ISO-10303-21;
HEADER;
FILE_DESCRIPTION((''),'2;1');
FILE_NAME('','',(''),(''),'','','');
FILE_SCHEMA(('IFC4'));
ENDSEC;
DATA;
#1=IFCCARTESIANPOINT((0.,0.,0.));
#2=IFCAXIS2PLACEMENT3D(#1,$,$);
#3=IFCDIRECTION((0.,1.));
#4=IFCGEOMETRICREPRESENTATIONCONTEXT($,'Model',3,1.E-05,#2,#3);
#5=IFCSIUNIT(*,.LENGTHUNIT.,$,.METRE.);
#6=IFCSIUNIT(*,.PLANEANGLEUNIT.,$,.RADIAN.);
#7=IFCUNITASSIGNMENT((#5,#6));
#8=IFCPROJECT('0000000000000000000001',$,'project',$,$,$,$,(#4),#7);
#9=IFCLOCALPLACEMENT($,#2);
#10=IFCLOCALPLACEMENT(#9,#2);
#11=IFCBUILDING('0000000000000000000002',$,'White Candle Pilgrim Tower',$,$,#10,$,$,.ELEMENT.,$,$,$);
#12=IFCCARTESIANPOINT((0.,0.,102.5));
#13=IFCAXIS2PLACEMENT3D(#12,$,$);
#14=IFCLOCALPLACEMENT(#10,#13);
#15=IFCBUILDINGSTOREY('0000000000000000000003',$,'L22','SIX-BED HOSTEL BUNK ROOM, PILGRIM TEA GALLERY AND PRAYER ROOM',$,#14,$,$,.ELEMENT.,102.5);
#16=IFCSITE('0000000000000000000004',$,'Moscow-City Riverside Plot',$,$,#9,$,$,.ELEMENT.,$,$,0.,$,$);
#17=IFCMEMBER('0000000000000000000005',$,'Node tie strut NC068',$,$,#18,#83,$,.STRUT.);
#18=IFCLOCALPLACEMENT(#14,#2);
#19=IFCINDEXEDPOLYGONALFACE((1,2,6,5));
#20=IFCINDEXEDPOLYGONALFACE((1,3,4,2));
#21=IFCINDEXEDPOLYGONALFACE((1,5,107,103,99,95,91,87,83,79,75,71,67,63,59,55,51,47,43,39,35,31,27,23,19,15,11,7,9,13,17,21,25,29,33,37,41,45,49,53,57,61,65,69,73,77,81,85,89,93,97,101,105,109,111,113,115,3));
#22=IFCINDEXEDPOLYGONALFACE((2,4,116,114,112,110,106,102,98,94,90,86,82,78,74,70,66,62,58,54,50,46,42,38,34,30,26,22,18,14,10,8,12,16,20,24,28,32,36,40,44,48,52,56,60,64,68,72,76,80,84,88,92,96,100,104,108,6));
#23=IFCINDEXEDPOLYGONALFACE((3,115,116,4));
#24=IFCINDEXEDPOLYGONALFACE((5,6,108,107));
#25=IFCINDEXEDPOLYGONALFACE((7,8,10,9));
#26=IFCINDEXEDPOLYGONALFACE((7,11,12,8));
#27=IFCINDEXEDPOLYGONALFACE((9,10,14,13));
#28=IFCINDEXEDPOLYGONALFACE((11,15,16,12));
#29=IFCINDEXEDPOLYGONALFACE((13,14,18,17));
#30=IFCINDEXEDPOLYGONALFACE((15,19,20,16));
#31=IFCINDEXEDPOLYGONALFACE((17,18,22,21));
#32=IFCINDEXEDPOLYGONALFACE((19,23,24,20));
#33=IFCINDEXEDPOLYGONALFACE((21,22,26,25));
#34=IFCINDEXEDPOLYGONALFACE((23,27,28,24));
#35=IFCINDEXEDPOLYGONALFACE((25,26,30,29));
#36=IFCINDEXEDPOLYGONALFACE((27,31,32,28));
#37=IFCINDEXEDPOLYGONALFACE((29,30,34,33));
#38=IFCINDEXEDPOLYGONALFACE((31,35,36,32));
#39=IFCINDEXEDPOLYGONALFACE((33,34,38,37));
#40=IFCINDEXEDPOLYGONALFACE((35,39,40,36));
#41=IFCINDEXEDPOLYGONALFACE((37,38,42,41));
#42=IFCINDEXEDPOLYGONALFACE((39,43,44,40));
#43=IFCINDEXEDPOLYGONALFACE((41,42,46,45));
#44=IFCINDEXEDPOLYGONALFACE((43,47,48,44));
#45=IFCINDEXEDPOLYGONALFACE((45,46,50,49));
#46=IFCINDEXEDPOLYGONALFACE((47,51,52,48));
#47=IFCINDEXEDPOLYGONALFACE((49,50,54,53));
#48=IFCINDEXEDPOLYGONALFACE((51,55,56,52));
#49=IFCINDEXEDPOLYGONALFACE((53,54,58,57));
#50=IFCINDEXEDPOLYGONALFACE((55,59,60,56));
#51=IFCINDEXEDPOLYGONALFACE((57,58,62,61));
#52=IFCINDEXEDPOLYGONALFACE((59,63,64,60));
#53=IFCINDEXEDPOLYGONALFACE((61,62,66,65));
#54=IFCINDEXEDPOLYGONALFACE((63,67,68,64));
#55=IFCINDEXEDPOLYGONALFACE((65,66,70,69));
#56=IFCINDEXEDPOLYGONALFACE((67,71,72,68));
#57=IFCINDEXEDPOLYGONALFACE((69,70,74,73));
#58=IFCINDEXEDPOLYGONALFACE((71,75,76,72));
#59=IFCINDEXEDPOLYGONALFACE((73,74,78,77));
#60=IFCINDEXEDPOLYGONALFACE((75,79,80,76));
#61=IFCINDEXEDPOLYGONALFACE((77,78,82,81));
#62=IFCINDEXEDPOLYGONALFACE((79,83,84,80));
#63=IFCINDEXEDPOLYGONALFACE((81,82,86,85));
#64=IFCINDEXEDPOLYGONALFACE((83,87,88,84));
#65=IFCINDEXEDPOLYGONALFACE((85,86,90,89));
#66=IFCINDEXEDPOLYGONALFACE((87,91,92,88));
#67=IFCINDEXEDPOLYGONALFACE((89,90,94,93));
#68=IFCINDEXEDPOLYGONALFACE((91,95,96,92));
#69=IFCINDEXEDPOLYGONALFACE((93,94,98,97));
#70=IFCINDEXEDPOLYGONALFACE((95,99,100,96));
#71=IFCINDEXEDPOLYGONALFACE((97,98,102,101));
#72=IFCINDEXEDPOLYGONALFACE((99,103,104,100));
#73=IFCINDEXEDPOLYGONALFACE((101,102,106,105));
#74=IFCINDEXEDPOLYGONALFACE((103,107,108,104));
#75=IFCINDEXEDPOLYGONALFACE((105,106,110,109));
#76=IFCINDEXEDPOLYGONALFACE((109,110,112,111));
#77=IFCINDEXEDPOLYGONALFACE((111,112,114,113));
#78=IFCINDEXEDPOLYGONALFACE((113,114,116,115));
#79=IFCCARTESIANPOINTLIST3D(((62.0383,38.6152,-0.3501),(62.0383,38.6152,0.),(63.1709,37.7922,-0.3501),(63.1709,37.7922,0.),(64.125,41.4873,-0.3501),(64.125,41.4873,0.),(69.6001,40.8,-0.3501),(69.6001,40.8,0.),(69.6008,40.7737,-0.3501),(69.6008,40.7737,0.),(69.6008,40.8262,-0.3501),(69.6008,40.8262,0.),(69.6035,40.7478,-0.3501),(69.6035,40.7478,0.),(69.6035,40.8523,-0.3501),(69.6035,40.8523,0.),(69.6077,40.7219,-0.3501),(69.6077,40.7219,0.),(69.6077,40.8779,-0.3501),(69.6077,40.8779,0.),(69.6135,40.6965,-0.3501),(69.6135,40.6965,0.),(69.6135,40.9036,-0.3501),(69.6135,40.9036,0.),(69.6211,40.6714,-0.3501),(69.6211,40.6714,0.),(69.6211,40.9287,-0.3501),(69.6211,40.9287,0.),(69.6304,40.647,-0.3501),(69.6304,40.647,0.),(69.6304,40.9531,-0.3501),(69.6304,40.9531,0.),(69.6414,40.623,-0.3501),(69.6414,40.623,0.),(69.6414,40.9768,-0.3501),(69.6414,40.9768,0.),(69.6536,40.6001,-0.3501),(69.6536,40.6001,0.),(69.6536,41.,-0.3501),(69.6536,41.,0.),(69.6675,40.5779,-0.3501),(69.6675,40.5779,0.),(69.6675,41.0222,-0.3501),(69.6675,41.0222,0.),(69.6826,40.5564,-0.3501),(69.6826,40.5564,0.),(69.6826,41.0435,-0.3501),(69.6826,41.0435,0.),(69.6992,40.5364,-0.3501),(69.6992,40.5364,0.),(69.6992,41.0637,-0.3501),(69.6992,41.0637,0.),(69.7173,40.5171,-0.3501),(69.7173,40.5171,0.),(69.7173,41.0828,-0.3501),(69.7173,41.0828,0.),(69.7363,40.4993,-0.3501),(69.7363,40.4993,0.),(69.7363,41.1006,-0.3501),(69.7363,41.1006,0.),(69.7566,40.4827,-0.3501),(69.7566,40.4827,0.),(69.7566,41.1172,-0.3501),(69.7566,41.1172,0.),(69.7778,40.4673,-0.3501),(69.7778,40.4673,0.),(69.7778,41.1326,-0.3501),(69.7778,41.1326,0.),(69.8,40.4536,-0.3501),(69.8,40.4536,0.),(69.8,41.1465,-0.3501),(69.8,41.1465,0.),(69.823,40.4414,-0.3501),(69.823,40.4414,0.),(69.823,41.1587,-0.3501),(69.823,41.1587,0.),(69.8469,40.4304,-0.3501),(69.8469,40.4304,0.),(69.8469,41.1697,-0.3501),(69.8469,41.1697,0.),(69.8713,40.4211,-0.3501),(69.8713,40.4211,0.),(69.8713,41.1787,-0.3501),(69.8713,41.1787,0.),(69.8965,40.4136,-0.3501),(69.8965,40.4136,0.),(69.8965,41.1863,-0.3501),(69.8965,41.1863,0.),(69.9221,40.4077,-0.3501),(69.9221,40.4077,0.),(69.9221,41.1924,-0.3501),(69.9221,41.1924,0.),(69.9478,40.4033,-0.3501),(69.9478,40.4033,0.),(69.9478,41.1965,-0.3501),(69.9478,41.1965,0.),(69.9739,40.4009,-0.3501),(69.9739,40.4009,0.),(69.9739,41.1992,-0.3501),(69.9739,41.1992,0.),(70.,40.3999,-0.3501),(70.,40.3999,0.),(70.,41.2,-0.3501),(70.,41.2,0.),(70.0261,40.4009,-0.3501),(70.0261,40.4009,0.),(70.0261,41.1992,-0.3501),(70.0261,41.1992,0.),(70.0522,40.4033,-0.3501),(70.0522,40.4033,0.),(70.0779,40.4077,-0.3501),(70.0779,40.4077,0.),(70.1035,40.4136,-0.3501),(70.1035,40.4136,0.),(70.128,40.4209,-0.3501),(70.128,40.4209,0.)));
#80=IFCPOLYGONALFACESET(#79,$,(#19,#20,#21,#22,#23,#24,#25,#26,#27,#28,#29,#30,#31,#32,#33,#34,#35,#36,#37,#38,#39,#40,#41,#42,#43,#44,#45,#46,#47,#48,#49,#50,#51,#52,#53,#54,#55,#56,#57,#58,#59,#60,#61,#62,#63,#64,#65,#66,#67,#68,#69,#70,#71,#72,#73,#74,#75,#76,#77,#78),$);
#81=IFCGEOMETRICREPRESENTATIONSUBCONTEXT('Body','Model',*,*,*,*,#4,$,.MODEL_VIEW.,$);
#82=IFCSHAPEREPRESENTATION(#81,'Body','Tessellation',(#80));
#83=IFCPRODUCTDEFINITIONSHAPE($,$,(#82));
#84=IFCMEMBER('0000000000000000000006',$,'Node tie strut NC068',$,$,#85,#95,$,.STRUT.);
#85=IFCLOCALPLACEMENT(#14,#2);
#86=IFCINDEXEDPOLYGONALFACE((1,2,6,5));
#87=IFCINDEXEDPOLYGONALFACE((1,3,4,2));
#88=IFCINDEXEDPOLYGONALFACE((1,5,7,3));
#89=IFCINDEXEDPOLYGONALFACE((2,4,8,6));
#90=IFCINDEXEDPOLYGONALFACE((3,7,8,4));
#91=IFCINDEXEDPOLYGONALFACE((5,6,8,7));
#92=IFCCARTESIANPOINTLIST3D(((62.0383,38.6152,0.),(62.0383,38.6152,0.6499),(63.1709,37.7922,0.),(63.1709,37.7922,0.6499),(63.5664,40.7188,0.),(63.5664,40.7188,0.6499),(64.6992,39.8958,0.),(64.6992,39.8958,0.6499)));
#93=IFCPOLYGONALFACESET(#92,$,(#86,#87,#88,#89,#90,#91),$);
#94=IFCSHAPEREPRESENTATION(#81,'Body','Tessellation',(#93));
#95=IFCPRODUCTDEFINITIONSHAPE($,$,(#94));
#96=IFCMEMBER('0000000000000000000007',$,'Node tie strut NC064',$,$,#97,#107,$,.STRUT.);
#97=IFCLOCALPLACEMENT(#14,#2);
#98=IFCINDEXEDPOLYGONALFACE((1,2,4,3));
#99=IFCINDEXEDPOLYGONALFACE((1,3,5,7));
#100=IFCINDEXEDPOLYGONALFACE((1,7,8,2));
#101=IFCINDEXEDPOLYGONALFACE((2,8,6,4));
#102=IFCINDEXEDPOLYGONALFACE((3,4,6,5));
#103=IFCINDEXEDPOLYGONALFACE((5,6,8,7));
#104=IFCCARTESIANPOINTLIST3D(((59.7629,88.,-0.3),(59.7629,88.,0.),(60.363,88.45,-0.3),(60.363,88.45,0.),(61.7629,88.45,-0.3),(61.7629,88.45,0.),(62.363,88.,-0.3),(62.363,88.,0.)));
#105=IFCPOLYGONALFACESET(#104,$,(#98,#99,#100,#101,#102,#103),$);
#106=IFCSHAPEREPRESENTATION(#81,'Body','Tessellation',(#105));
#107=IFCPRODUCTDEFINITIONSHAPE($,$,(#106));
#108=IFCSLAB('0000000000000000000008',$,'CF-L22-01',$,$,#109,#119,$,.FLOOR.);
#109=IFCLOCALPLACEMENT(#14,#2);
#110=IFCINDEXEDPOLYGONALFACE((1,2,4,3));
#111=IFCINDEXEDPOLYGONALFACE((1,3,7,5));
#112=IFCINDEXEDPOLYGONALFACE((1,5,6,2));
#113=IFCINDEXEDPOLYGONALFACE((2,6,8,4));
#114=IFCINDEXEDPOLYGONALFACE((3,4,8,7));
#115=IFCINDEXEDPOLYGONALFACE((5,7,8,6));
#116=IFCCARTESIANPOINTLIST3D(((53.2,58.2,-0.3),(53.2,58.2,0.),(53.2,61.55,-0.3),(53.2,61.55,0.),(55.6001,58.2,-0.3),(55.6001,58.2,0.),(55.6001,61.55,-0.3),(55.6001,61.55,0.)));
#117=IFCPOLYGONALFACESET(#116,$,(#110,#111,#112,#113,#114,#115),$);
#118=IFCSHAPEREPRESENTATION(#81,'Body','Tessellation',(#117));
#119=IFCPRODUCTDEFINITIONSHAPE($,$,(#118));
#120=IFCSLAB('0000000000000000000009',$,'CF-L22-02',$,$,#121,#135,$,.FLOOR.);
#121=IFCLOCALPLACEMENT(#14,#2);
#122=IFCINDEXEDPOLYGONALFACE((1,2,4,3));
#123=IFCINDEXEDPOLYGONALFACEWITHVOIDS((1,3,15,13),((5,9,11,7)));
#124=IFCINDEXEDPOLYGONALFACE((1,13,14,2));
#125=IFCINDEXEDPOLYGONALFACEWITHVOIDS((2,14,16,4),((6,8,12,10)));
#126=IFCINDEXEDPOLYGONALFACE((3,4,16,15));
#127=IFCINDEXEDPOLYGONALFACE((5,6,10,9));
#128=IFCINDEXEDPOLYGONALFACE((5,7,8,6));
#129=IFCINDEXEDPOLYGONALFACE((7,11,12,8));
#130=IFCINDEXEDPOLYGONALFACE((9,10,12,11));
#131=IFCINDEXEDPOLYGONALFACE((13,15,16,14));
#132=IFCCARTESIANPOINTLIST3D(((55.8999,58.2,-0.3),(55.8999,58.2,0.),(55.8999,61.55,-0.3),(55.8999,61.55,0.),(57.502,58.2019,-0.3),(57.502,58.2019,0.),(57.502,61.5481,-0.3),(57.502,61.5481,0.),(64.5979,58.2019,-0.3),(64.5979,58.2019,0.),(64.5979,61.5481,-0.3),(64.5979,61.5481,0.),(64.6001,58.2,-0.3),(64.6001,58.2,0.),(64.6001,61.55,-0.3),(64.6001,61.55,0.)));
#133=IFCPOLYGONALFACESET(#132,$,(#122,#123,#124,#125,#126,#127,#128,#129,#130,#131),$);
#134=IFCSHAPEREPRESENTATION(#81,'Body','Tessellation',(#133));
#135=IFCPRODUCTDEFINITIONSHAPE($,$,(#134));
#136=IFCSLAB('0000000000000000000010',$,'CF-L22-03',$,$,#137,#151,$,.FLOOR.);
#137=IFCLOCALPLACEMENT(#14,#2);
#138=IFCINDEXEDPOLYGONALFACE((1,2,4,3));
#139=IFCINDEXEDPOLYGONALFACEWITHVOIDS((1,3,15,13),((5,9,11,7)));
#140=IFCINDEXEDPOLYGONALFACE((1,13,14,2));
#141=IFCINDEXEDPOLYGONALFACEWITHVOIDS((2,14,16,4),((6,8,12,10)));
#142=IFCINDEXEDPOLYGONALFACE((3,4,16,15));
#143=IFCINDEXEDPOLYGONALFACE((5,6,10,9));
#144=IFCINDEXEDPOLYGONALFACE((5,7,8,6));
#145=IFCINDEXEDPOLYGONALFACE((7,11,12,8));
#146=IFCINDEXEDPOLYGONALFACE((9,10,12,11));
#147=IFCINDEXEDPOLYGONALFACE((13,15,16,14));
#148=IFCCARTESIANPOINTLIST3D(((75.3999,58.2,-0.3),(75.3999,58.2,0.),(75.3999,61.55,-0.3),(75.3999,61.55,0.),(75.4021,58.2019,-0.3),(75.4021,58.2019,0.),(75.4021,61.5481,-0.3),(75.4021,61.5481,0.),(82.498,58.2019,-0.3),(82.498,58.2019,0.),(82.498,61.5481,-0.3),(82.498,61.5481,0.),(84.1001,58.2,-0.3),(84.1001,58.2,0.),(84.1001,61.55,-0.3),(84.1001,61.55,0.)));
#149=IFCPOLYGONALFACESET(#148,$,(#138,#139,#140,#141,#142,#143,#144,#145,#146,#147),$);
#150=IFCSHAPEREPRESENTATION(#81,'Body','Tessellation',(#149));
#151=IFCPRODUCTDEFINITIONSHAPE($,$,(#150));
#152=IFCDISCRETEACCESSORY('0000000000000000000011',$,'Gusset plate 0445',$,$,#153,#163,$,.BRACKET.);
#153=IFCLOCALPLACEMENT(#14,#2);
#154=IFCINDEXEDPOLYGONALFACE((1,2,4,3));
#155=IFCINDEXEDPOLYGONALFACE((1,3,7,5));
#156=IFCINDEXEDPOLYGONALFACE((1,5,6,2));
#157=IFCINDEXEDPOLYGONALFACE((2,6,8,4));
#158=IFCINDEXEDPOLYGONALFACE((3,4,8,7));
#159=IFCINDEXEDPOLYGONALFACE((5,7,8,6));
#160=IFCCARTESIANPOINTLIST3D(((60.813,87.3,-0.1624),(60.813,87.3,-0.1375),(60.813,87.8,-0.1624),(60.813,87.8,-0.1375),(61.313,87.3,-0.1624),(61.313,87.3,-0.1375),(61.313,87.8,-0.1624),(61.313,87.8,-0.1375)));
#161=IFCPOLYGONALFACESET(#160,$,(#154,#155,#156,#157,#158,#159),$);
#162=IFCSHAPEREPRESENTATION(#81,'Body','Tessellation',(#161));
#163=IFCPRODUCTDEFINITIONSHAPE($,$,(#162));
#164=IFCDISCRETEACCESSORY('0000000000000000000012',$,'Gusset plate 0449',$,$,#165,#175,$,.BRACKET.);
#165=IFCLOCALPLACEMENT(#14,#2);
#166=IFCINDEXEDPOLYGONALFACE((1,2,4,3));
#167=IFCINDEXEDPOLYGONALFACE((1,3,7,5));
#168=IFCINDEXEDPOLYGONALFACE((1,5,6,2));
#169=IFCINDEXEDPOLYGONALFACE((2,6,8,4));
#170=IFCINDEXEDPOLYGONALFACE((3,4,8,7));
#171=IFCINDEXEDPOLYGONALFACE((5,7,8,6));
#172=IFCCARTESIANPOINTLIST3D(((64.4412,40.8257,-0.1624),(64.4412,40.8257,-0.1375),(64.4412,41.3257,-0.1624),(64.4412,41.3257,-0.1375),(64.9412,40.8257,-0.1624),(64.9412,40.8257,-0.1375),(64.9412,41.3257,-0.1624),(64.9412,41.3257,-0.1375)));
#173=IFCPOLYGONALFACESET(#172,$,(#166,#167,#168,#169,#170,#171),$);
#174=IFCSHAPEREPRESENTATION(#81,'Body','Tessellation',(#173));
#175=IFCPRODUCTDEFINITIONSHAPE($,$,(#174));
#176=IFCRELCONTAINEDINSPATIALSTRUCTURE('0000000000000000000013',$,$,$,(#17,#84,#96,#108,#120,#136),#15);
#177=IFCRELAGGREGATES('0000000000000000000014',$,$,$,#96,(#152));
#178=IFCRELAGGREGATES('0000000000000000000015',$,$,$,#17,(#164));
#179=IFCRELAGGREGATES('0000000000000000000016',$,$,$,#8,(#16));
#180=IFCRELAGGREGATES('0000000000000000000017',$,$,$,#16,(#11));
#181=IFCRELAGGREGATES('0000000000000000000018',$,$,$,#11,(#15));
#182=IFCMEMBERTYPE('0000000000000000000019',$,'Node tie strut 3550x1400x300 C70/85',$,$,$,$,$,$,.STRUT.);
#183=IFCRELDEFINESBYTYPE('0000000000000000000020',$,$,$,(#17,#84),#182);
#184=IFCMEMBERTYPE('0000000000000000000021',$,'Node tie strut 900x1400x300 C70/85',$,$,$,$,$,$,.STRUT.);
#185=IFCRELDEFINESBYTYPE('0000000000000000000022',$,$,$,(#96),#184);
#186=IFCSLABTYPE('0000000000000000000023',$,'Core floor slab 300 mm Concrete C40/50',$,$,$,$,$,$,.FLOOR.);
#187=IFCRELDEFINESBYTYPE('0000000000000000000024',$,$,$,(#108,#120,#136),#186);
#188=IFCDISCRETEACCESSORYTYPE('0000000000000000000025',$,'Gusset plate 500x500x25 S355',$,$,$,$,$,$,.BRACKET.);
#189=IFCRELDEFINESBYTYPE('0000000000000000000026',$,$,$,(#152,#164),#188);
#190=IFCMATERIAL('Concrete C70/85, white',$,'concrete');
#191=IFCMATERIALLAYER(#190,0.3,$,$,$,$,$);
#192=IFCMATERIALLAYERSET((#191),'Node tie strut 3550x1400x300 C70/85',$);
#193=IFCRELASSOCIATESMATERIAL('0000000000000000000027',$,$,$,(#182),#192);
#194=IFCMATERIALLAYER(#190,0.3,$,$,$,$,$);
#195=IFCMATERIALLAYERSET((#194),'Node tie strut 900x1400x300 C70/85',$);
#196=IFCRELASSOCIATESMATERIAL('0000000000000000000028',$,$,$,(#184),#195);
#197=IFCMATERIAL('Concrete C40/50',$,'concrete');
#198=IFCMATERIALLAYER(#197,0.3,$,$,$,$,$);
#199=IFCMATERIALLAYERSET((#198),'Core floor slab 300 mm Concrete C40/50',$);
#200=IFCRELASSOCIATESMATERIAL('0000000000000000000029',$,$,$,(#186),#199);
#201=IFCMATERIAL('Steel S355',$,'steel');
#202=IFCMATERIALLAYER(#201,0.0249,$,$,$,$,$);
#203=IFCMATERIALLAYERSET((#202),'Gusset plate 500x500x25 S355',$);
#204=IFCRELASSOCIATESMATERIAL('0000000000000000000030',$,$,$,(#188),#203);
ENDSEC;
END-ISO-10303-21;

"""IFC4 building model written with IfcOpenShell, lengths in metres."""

from ifc_helpers import new_model, si_unit, direction, frame, origin, origin_2d, place, context, subcontext, project, spatial, polyline, rectangle, outline, extrude, material, layer, layer_set, type_object, element, aggregate, save


model = new_model("IFC4")

# Units and contexts
model_context = context("Model", 3, precision=1e-05, world=origin(), true_north=direction((0.0, 1.0)))
body_context = subcontext(model_context, "Body", "Model", "MODEL_VIEW")
ifc_project = project(units=[si_unit("LENGTHUNIT", "METRE"), si_unit("PLANEANGLEUNIT", "RADIAN")], contexts=[model_context])

# Site, building, storey
site_placement = place(None, origin())
site = spatial("IfcSite", under=ifc_project, at=site_placement, Name="Moscow-City Riverside Plot", CompositionType="ELEMENT", RefElevation=0.0)
building_placement = place(site_placement, origin())
building = spatial("IfcBuilding", under=site, at=building_placement, Name="White Candle Pilgrim Tower", CompositionType="ELEMENT")
storey_placement = place(building_placement, frame((0.0, 0.0, 102.5)))
storey = spatial("IfcBuildingStorey", under=building, at=storey_placement, Name="L22", Description="SIX-BED HOSTEL BUNK ROOM, PILGRIM TEA GALLERY AND PRAYER ROOM", CompositionType="ELEMENT", Elevation=102.5)

# Members
ifc_material_1 = material(Name="Concrete C70/85, white", Category="concrete")
ifc_layer_1 = layer(ifc_material_1, 0.3)
ifc_layer_set_1 = layer_set([ifc_layer_1], Name="Node tie strut 3550x1400x300 C70/85")
member_type_1 = type_object("IfcMemberType", Name="Node tie strut 3550x1400x300 C70/85", PredefinedType="STRUT", material=ifc_layer_set_1)
member_1_placement = place(storey_placement, frame((0.0, 0.0, -0.3501)))
member_1 = element("IfcMember", 1, at=member_1_placement, inside=storey, type_object=member_type_1, Name="Node tie strut NC068", PredefinedType="STRUT", context=body_context, shape_type="SweptSolid", body=[
    extrude(outline(polyline([(63.1709, 37.7922), (70.1531, 40.4304), (70.1287, 40.4211), (70.1035, 40.4136), (70.0779, 40.4077), (70.0522, 40.4033), (70.0261, 40.4009), (70.0, 40.3999), (69.9739, 40.4009), (69.9478, 40.4033), (69.9221, 40.4077), (69.8965, 40.4136), (69.8713, 40.4211), (69.8469, 40.4304), (69.823, 40.4414), (69.8, 40.4536), (69.7778, 40.4673), (69.7566, 40.4827), (69.7363, 40.4993), (69.7173, 40.5171), (69.6992, 40.5364), (69.6826, 40.5564), (69.6675, 40.5779), (69.6536, 40.6001), (69.6414, 40.623), (69.6304, 40.647), (69.6211, 40.6714), (69.6135, 40.6965), (69.6077, 40.7219), (69.6035, 40.7478), (69.6008, 40.7737), (69.6001, 40.8), (69.6008, 40.8262), (69.6035, 40.8523), (69.6077, 40.8779), (69.6135, 40.9036), (69.6211, 40.9287), (69.6304, 40.9531), (69.6414, 40.9768), (69.6536, 41.0), (69.6675, 41.0222), (69.6826, 41.0435), (69.6992, 41.0637), (69.7173, 41.0828), (69.7363, 41.1006), (69.7566, 41.1172), (69.7778, 41.1326), (69.8, 41.1465), (69.823, 41.1587), (69.8469, 41.1697), (69.8713, 41.1787), (69.8965, 41.1863), (69.9221, 41.1924), (69.9478, 41.1965), (69.9739, 41.1992), (70.0, 41.2), (70.0261, 41.1992), (64.125, 41.4873), (62.0383, 38.6152), (63.1709, 37.7922)])), origin(), (0.0, 0.0, 1.0), 0.3501),
])
member_2_placement = place(storey_placement, origin())
element("IfcMember", 2, at=member_2_placement, inside=storey, type_object=member_type_1, Name="Node tie strut NC068", PredefinedType="STRUT", context=body_context, shape_type="SweptSolid", body=[
    extrude(outline(polyline([(63.1709, 37.7922), (64.6992, 39.8958), (63.5664, 40.7188), (62.0383, 38.6152), (63.1709, 37.7922)])), origin(), (0.0, 0.0, 1.0), 0.6499),
])
ifc_layer_2 = layer(ifc_material_1, 0.3)
ifc_layer_set_2 = layer_set([ifc_layer_2], Name="Node tie strut 900x1400x300 C70/85")
member_type_2 = type_object("IfcMemberType", Name="Node tie strut 900x1400x300 C70/85", PredefinedType="STRUT", material=ifc_layer_set_2)
member_3_placement = place(storey_placement, frame((0.0, 0.0, -0.3)))
member_3 = element("IfcMember", 3, at=member_3_placement, inside=storey, type_object=member_type_2, Name="Node tie strut NC064", PredefinedType="STRUT", context=body_context, shape_type="SweptSolid", body=[
    extrude(outline(polyline([(59.7629, 88.0), (62.363, 88.0), (61.7629, 88.45), (60.363, 88.45), (59.7629, 88.0)])), origin(), (0.0, 0.0, 1.0), 0.3),
])

# Slabs
ifc_material_2 = material(Name="Concrete C40/50", Category="concrete")
ifc_layer_3 = layer(ifc_material_2, 0.3)
ifc_layer_set_3 = layer_set([ifc_layer_3], Name="Core floor slab 300 mm Concrete C40/50")
slab_type_1 = type_object("IfcSlabType", Name="Core floor slab 300 mm Concrete C40/50", PredefinedType="FLOOR", material=ifc_layer_set_3)
slab_1_placement = place(storey_placement, frame((0.0, 0.0, -0.3)))
element("IfcSlab", 4, at=slab_1_placement, inside=storey, type_object=slab_type_1, Name="CF-L22-01", PredefinedType="FLOOR", context=body_context, shape_type="SweptSolid", body=[
    extrude(outline(polyline([(55.6001, 58.2), (53.2, 58.2), (53.2, 61.55), (55.6001, 61.55), (55.6001, 58.2)])), origin(), (0.0, 0.0, 1.0), 0.3),
])
slab_2_placement = place(storey_placement, frame((0.0, 0.0, -0.3)))
element("IfcSlab", 5, at=slab_2_placement, inside=storey, type_object=slab_type_1, Name="CF-L22-02", PredefinedType="FLOOR", context=body_context, shape_type="SweptSolid", body=[
    extrude(outline(polyline([(55.8999, 58.2), (55.8999, 61.55), (64.6001, 61.55), (64.6001, 58.2), (55.8999, 58.2)]), holes=[polyline([(57.502, 61.5481), (57.502, 58.2019), (64.5979, 58.2019), (64.5979, 61.5481), (57.502, 61.5481)])]), origin(), (0.0, 0.0, 1.0), 0.3),
])
slab_3_placement = place(storey_placement, frame((0.0, 0.0, -0.3)))
element("IfcSlab", 6, at=slab_3_placement, inside=storey, type_object=slab_type_1, Name="CF-L22-03", PredefinedType="FLOOR", context=body_context, shape_type="SweptSolid", body=[
    extrude(outline(polyline([(75.3999, 58.2), (75.3999, 61.55), (84.1001, 61.55), (84.1001, 58.2), (75.3999, 58.2)]), holes=[polyline([(82.498, 58.2019), (82.498, 61.5481), (75.4021, 61.5481), (75.4021, 58.2019), (82.498, 58.2019)])]), origin(), (0.0, 0.0, 1.0), 0.3),
])

# Discrete accessories
ifc_material_3 = material(Name="Steel S355", Category="steel")
ifc_layer_4 = layer(ifc_material_3, 0.0249)
ifc_layer_set_4 = layer_set([ifc_layer_4], Name="Gusset plate 500x500x25 S355")
discrete_accessory_type = type_object("IfcDiscreteAccessoryType", Name="Gusset plate 500x500x25 S355", PredefinedType="BRACKET", material=ifc_layer_set_4)
discrete_accessory_1_placement = place(storey_placement, frame((61.063, 87.55, -0.1624), z_axis=(0.0, 0.0, 1.0), x_axis=(1.0, 0.0, 0.0)))
discrete_accessory_1 = element("IfcDiscreteAccessory", 7, at=discrete_accessory_1_placement, type_object=discrete_accessory_type, Name="Gusset plate 0445", PredefinedType="BRACKET", context=body_context, shape_type="SweptSolid", body=[
    extrude(rectangle(XDim=0.5, YDim=0.5, at=origin_2d()), origin(), (0.0, 0.0, 1.0), 0.0249),
])
aggregate(member_3, [discrete_accessory_1])
discrete_accessory_2_placement = place(storey_placement, frame((64.6912, 41.0757, -0.1624), z_axis=(0.0, 0.0, 1.0), x_axis=(1.0, 0.0, 0.0)))
discrete_accessory_2 = element("IfcDiscreteAccessory", 8, at=discrete_accessory_2_placement, type_object=discrete_accessory_type, Name="Gusset plate 0449", PredefinedType="BRACKET", context=body_context, shape_type="SweptSolid", body=[
    extrude(rectangle(XDim=0.5, YDim=0.5, at=origin_2d()), origin(), (0.0, 0.0, 1.0), 0.0249),
])
aggregate(member_1, [discrete_accessory_2])

save(model, "model.ifc")
